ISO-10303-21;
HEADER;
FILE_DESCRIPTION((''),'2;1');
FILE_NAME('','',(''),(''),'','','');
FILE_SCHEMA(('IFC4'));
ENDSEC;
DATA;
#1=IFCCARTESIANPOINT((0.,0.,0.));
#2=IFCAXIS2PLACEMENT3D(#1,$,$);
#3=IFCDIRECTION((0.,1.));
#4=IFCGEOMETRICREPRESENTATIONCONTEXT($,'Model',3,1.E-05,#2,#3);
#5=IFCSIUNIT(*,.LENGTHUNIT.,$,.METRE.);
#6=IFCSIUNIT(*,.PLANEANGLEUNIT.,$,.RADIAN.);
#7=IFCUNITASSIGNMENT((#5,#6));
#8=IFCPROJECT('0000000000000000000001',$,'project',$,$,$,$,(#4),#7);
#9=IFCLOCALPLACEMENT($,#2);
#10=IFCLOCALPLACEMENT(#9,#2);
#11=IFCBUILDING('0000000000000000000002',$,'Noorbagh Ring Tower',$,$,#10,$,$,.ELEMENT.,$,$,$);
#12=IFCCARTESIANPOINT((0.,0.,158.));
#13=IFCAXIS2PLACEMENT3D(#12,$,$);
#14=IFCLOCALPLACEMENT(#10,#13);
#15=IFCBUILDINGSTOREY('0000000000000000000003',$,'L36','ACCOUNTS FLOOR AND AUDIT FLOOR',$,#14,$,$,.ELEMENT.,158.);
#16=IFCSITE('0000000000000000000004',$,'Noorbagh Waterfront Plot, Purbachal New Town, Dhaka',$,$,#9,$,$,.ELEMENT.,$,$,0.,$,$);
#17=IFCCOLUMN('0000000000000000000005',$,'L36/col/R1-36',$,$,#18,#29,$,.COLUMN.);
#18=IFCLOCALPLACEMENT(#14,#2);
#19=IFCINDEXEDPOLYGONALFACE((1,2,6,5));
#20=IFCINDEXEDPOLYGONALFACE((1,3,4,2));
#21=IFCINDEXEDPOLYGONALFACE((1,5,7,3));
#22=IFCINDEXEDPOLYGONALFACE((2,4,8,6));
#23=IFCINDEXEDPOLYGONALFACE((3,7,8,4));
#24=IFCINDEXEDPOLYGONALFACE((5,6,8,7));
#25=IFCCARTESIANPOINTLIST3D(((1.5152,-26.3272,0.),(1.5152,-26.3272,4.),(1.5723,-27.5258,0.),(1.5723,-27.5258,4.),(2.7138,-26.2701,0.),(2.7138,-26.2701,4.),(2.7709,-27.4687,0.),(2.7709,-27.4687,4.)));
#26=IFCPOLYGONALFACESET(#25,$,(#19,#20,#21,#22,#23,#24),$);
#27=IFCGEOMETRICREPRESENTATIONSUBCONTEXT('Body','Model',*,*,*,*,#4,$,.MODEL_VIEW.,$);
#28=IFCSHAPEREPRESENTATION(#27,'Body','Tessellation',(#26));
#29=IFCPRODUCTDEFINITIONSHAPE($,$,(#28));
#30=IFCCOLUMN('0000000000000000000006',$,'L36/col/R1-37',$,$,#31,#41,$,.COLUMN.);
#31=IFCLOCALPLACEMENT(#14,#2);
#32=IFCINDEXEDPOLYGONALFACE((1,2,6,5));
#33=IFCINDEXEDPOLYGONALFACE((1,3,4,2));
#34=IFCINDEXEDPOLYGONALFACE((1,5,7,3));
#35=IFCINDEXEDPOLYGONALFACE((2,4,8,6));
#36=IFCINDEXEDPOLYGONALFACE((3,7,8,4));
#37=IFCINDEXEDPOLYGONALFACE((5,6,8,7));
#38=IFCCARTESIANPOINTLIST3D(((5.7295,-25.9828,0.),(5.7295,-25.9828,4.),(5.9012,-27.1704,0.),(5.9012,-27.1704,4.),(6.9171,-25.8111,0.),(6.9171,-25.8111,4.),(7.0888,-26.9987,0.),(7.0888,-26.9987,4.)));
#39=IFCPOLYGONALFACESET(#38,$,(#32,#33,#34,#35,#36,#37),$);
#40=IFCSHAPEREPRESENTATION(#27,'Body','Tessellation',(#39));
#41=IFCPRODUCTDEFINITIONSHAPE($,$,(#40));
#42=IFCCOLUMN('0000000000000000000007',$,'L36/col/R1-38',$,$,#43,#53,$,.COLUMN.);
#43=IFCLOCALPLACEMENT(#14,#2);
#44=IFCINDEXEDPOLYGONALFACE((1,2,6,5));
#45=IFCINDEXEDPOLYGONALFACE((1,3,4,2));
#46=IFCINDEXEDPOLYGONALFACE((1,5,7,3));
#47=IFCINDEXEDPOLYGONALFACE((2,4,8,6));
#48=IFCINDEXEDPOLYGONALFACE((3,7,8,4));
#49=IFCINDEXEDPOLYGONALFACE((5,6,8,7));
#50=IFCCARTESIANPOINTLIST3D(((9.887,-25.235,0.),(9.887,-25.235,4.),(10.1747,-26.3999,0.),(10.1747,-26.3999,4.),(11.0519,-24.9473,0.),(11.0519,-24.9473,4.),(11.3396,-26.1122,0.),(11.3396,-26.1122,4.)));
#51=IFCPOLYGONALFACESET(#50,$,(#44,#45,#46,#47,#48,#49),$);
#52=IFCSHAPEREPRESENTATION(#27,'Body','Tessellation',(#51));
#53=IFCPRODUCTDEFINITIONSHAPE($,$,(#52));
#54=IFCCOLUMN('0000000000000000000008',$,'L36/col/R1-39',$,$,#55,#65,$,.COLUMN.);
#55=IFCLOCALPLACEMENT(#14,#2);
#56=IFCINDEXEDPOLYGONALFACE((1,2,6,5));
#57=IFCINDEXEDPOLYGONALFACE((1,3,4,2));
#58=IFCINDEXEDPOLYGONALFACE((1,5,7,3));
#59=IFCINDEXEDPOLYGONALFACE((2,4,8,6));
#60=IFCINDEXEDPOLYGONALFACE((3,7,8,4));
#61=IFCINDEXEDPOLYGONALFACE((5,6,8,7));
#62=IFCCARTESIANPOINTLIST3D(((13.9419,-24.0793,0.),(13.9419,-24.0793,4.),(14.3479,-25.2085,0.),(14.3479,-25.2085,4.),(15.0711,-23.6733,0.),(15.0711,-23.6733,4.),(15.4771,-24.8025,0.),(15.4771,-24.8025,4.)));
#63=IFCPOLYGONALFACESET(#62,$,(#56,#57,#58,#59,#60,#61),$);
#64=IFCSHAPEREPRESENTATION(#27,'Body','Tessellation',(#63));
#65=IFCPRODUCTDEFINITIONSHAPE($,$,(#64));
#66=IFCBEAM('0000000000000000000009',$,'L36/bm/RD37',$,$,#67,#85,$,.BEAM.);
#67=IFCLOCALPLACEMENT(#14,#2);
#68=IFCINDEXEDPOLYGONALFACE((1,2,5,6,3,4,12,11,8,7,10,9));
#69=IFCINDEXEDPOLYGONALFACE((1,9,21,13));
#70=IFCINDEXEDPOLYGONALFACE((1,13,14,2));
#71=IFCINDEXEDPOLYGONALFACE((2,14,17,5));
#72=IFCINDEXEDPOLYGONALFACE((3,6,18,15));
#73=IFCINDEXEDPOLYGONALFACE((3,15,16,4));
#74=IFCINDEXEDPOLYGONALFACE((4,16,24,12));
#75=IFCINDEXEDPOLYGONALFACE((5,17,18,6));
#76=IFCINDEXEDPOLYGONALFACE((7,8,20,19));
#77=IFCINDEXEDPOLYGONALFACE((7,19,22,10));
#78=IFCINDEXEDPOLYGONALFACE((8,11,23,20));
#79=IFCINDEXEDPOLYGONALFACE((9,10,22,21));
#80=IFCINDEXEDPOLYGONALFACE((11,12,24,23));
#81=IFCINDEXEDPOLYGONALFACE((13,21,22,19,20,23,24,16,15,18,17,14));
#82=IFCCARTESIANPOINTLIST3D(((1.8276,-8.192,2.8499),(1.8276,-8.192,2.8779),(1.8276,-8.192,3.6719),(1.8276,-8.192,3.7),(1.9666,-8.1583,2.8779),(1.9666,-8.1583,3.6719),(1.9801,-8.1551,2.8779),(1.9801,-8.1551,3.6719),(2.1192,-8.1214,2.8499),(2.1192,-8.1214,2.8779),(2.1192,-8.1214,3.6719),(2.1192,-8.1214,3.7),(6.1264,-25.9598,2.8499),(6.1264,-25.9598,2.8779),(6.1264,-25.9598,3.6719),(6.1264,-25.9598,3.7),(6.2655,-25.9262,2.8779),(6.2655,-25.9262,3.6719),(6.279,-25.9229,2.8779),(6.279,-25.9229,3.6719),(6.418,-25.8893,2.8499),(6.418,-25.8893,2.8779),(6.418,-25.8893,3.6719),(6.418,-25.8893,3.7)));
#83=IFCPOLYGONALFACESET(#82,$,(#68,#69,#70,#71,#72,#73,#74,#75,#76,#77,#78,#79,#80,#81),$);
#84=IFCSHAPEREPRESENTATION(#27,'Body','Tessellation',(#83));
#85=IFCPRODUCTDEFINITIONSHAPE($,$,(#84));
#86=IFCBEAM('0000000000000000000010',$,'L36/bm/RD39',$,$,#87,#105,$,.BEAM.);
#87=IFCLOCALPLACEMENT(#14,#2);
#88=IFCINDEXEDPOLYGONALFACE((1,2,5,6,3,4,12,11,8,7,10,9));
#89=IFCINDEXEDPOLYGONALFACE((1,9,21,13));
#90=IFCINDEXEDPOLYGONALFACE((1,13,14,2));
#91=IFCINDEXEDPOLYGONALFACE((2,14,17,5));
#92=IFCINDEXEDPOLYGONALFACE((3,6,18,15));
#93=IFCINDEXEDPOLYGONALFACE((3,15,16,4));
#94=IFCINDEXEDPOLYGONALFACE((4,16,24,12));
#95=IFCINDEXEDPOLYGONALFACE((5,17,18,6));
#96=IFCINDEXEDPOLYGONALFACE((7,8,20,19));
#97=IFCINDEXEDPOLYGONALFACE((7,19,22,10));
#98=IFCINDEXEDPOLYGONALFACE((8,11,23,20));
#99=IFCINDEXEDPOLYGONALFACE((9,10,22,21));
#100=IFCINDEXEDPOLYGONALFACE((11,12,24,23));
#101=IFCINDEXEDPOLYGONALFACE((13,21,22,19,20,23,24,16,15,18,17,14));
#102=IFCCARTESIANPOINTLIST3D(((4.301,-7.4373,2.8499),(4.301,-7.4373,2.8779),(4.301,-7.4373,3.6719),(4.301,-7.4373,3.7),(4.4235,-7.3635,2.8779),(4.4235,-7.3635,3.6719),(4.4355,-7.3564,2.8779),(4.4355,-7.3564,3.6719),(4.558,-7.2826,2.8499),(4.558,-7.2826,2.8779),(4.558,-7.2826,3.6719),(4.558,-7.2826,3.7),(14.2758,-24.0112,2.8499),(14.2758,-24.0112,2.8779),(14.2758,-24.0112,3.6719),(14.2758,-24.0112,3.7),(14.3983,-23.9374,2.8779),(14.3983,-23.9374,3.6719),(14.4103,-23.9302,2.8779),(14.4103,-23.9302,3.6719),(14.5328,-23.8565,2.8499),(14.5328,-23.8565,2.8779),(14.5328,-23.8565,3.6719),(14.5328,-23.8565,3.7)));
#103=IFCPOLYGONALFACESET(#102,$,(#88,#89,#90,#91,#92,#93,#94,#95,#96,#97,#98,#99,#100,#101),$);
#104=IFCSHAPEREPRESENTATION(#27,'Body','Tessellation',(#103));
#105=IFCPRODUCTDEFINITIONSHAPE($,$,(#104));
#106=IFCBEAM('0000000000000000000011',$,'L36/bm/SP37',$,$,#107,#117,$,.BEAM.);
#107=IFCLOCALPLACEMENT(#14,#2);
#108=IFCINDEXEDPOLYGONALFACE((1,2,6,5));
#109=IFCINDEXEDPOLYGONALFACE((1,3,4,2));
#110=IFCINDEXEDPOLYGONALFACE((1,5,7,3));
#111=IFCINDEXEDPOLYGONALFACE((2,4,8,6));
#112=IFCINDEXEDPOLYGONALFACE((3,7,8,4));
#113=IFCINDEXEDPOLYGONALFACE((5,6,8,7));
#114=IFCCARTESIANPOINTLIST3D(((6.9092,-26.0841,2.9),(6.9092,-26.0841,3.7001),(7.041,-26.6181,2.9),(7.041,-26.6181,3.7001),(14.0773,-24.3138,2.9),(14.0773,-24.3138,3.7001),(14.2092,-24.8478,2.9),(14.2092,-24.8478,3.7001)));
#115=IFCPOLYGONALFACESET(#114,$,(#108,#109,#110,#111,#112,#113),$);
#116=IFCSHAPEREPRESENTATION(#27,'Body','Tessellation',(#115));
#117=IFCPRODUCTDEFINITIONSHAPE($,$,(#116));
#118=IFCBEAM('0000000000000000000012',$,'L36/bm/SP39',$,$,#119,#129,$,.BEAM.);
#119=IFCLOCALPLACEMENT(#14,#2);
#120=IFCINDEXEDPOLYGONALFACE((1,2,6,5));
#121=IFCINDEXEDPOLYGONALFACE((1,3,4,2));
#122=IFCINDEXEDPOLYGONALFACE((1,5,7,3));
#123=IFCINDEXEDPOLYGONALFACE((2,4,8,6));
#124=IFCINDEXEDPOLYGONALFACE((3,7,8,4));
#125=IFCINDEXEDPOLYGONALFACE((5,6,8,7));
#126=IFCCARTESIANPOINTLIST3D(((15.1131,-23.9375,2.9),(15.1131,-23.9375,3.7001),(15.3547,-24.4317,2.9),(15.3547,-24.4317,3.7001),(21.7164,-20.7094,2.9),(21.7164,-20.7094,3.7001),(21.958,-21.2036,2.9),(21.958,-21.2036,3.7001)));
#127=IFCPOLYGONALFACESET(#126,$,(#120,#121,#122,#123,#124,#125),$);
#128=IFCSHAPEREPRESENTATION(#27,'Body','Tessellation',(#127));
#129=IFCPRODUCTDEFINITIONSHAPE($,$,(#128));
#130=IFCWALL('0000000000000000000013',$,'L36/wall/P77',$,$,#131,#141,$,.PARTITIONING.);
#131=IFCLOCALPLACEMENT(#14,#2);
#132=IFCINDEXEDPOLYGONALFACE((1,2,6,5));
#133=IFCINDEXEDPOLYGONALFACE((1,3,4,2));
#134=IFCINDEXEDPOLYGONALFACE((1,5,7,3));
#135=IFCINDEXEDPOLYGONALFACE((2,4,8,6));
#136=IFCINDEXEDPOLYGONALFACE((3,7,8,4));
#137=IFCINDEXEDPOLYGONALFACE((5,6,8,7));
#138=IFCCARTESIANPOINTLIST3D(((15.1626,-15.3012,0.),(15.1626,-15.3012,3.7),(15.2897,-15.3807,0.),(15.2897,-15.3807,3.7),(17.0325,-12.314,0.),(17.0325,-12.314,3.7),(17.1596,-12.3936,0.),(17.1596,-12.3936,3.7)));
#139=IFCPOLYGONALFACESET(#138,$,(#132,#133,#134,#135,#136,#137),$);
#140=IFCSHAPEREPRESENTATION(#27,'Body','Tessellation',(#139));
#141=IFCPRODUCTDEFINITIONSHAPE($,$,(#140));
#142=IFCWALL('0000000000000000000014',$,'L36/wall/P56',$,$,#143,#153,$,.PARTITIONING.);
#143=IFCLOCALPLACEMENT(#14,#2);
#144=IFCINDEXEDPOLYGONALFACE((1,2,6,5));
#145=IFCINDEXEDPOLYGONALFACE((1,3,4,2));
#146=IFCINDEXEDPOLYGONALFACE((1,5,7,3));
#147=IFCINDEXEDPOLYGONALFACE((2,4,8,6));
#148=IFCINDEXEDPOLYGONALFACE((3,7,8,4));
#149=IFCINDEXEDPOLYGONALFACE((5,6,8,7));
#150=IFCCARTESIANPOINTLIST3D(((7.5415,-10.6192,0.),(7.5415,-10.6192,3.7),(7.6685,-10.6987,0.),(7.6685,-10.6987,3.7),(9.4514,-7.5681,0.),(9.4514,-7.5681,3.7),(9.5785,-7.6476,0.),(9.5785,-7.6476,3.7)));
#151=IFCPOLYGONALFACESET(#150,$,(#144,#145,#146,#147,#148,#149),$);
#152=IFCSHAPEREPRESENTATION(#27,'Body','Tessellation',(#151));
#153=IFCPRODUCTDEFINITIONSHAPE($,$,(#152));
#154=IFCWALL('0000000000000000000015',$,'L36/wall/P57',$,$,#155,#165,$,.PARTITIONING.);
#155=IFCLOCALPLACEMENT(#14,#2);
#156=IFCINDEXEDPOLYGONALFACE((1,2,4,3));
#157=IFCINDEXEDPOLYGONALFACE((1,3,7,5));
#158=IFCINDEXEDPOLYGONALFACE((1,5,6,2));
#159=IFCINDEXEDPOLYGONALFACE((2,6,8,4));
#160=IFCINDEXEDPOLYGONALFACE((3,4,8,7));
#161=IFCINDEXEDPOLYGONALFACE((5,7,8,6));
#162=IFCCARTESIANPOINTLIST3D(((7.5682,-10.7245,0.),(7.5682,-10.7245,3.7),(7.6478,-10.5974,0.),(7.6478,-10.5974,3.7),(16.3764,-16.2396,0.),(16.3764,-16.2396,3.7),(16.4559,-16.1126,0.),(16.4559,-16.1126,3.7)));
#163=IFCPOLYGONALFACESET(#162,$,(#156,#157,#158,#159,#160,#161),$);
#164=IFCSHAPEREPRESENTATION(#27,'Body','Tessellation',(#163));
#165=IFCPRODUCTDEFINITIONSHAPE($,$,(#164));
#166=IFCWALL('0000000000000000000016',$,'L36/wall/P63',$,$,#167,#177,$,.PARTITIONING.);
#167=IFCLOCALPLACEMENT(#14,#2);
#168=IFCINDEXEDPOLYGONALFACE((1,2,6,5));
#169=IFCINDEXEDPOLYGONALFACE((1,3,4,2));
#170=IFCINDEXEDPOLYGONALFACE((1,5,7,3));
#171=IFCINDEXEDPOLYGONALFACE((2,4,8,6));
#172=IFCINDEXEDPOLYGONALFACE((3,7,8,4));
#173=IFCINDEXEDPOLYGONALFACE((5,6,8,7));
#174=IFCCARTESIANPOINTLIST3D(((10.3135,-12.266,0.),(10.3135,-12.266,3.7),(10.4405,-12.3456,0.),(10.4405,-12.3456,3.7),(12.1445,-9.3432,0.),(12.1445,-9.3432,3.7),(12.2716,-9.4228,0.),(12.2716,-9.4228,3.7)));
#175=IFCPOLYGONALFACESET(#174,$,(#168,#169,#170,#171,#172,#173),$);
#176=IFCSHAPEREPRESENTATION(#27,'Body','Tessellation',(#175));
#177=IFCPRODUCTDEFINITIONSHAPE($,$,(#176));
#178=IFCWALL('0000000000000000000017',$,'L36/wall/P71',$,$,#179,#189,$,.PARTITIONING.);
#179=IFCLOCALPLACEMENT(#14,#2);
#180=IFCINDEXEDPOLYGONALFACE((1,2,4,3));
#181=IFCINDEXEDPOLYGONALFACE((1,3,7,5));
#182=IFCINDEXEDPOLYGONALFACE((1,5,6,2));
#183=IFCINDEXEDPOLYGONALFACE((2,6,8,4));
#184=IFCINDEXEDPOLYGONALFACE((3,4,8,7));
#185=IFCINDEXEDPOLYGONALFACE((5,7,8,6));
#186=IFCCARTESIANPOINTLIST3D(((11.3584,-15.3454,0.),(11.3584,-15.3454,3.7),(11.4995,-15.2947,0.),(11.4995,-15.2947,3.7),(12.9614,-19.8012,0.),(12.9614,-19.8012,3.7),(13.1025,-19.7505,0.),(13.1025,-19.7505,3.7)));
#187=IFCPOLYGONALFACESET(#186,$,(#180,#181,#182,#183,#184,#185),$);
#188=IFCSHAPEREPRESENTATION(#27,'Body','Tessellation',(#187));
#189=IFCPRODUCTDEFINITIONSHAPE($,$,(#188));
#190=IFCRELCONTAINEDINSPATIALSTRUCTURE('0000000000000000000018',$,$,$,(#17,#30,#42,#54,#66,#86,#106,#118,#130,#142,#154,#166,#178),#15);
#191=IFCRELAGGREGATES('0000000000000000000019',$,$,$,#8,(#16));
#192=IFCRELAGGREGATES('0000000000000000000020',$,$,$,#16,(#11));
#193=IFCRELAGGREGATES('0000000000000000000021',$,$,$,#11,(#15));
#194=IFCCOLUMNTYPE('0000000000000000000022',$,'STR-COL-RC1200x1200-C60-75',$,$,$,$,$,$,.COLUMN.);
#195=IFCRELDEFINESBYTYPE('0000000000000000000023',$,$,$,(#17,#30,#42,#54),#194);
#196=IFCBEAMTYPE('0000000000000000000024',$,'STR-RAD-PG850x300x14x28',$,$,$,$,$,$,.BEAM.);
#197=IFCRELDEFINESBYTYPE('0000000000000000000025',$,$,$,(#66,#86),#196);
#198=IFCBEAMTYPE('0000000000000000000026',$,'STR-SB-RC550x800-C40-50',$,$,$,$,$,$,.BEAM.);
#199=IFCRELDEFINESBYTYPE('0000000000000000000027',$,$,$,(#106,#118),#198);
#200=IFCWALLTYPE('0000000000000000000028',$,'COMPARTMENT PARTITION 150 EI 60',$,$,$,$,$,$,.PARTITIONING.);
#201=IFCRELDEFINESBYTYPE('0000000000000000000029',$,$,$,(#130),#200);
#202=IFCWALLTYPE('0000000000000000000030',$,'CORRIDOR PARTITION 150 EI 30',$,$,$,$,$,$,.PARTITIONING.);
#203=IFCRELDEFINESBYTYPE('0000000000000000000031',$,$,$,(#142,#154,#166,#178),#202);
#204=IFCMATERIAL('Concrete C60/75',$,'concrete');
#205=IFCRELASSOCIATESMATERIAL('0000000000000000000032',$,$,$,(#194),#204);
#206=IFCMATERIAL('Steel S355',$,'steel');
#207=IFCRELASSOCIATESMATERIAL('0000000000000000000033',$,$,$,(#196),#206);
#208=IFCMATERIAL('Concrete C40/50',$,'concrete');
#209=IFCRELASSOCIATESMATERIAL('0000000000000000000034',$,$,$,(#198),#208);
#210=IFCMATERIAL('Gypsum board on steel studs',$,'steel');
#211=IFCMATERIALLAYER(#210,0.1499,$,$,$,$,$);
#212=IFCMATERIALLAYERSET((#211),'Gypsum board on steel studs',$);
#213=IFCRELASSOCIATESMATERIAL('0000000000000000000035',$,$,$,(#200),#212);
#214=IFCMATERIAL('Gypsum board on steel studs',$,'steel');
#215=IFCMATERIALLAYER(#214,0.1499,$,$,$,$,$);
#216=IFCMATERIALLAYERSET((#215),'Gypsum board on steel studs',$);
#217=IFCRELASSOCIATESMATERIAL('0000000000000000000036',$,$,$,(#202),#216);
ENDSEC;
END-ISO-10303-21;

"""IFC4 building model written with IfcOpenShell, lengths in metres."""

from ifc_helpers import new_model, si_unit, direction, frame, frame_2d, origin, origin_2d, place, context, subcontext, project, spatial, rectangle, i_section, extrude, material, layer, layer_set, material_profile, profile_set, type_object, element, save


model = new_model("IFC4")

# Units and contexts
model_context = context("Model", 3, precision=1e-05, world=origin(), true_north=direction((0.0, 1.0)))
body_context = subcontext(model_context, "Body", "Model", "MODEL_VIEW")
ifc_project = project(units=[si_unit("LENGTHUNIT", "METRE"), si_unit("PLANEANGLEUNIT", "RADIAN")], contexts=[model_context])

# Site, building, storey
site_placement = place(None, origin())
site = spatial("IfcSite", under=ifc_project, at=site_placement, Name="Noorbagh Waterfront Plot, Purbachal New Town, Dhaka", CompositionType="ELEMENT", RefElevation=0.0)
building_placement = place(site_placement, origin())
building = spatial("IfcBuilding", under=site, at=building_placement, Name="Noorbagh Ring Tower", CompositionType="ELEMENT")
storey_placement = place(building_placement, frame((0.0, 0.0, 158.0)))
storey = spatial("IfcBuildingStorey", under=building, at=storey_placement, Name="L36", Description="ACCOUNTS FLOOR AND AUDIT FLOOR", CompositionType="ELEMENT", Elevation=158.0)

# Columns
ifc_material_1 = material(Name="Concrete C60/75", Category="concrete")
ifc_material_profile_1 = material_profile(ifc_material_1, rectangle(XDim=1.2, YDim=1.2, at=origin_2d()), Name="RC1200x1200")
ifc_profile_set_1 = profile_set([ifc_material_profile_1], Name="Concrete C60/75")
column_type = type_object("IfcColumnType", Name="STR-COL-RC1200x1200-C60-75", PredefinedType="COLUMN", material=ifc_profile_set_1)
for number, where, z_axis, x_axis, name in (
    (1, (2.1431, -26.8979, 0.0), (0.0, 0.0, 1.0), (0.998869, 0.047553, 0.0), "L36/col/R1-36"),
    (2, (6.4092, -26.4907, 0.0), (0.0, 0.0, 1.0), (0.989713, 0.143066, 0.0), "L36/col/R1-37"),
    (3, (10.6133, -25.6736, 0.0), (0.0, 0.0, 1.0), (0.970829, 0.239771, 0.0), "L36/col/R1-38"),
    (4, (14.7095, -24.4409, 0.0), (0.0, 0.0, 1.0), (0.941025, 0.338338, 0.0), "L36/col/R1-39"),
):
    element("IfcColumn", number, at=place(storey_placement, frame(where, z_axis=z_axis, x_axis=x_axis)), inside=storey, type_object=column_type, Name=name, PredefinedType="COLUMN", context=body_context, shape_type="SweptSolid", body=[
        extrude(rectangle(XDim=1.2, YDim=1.2, at=origin_2d()), origin(), (0.0, 0.0, 1.0), 4.0),
    ])

# Beams
ifc_material_2 = material(Name="Steel S355", Category="steel")
ifc_material_profile_2 = material_profile(ifc_material_2, i_section(OverallWidth=0.3, OverallDepth=0.8501, WebThickness=0.0139, FlangeThickness=0.0281, at=origin_2d()), Name="PG850x300x14x28")
ifc_profile_set_2 = profile_set([ifc_material_profile_2], Name="Steel S355")
beam_type_1 = type_object("IfcBeamType", Name="STR-RAD-PG850x300x14x28", PredefinedType="BEAM", material=ifc_profile_set_2)
beam_1_placement = place(storey_placement, frame((6.2722, -25.9246, 3.2749), z_axis=(-0.23516, 0.971957, 0.0), x_axis=(-0.971957, -0.23516, 0.0)))
element("IfcBeam", 5, at=beam_1_placement, inside=storey, type_object=beam_type_1, Name="L36/bm/RD37", PredefinedType="BEAM", context=body_context, shape_type="SweptSolid", body=[
    extrude(i_section(OverallWidth=0.3, OverallDepth=0.8501, WebThickness=0.0139, FlangeThickness=0.0281, at=origin_2d()), origin(), (0.0, 0.0, 1.0), 18.2805),
])
beam_2_placement = place(storey_placement, frame((14.4043, -23.9338, 3.2749), z_axis=(-0.515653, 0.856797, 0.0), x_axis=(-0.856797, -0.515653, 0.0)))
element("IfcBeam", 6, at=beam_2_placement, inside=storey, type_object=beam_type_1, Name="L36/bm/RD39", PredefinedType="BEAM", context=body_context, shape_type="SweptSolid", body=[
    extrude(i_section(OverallWidth=0.3, OverallDepth=0.8501, WebThickness=0.0139, FlangeThickness=0.0281, at=origin_2d()), origin(), (0.0, 0.0, 1.0), 19.344),
])
ifc_material_3 = material(Name="Concrete C40/50", Category="concrete")
ifc_material_profile_3 = material_profile(ifc_material_3, rectangle(XDim=0.55, YDim=0.8, at=origin_2d()), Name="RC550x800")
ifc_profile_set_3 = profile_set([ifc_material_profile_3], Name="Concrete C40/50")
beam_type_2 = type_object("IfcBeamType", Name="STR-SB-RC550x800-C40-50", PredefinedType="BEAM", material=ifc_profile_set_3)
beam_3_placement = place(storey_placement, frame((6.9751, -26.3511, 3.3), z_axis=(0.970833, 0.239757, 0.0), x_axis=(-0.239757, 0.970833, 0.0)))
element("IfcBeam", 7, at=beam_3_placement, inside=storey, type_object=beam_type_2, Name="L36/bm/SP37", PredefinedType="BEAM", context=body_context, shape_type="SweptSolid", body=[
    extrude(rectangle(XDim=0.55, YDim=0.8, at=origin_2d()), origin(), (0.0, 0.0, 1.0), 7.3835),
])
beam_4_placement = place(storey_placement, frame((15.2339, -24.1846, 3.3), z_axis=(0.898397, 0.439184, 0.0), x_axis=(-0.439184, 0.898397, 0.0)))
element("IfcBeam", 8, at=beam_4_placement, inside=storey, type_object=beam_type_2, Name="L36/bm/SP39", PredefinedType="BEAM", context=body_context, shape_type="SweptSolid", body=[
    extrude(rectangle(XDim=0.55, YDim=0.8, at=origin_2d()), origin(), (0.0, 0.0, 1.0), 7.3501),
])

# Walls
ifc_material_4 = material(Name="Gypsum board on steel studs", Category="steel")
ifc_layer_1 = layer(ifc_material_4, 0.1499)
ifc_layer_set_1 = layer_set([ifc_layer_1], Name="Gypsum board on steel studs")
wall_type_1 = type_object("IfcWallType", Name="COMPARTMENT PARTITION 150 EI 60", PredefinedType="PARTITIONING", material=ifc_layer_set_1)
wall_1_placement = place(storey_placement, frame((15.2261, -15.3411, 0.0), z_axis=(0.0, 0.0, 1.0), x_axis=(0.530603, 0.847621, 0.0)))
element("IfcWall", 9, at=wall_1_placement, inside=storey, type_object=wall_type_1, Name="L36/wall/P77", PredefinedType="PARTITIONING", context=body_context, shape_type="SweptSolid", body=[
    extrude(rectangle(XDim=3.5242, YDim=0.1499, at=frame_2d((1.7622, 0.0))), origin(), (0.0, 0.0, 1.0), 3.7),
])
ifc_material_5 = material(Name="Gypsum board on steel studs", Category="steel")
ifc_layer_2 = layer(ifc_material_5, 0.1499)
ifc_layer_set_2 = layer_set([ifc_layer_2], Name="Gypsum board on steel studs")
wall_type_2 = type_object("IfcWallType", Name="CORRIDOR PARTITION 150 EI 30", PredefinedType="PARTITIONING", material=ifc_layer_set_2)
wall_2_placement = place(storey_placement, frame((7.605, -10.6589, 0.0), z_axis=(0.0, 0.0, 1.0), x_axis=(0.530602, 0.847621, 0.0)))
element("IfcWall", 10, at=wall_2_placement, inside=storey, type_object=wall_type_2, Name="L36/wall/P56", PredefinedType="PARTITIONING", context=body_context, shape_type="SweptSolid", body=[
    extrude(rectangle(XDim=3.5996, YDim=0.1499, at=frame_2d((1.7998, 0.0))), origin(), (0.0, 0.0, 1.0), 3.7),
])
wall_3_placement = place(storey_placement, frame((7.6079, -10.6609, 0.0), z_axis=(0.0, 0.0, 1.0), x_axis=(0.847562, -0.530696, 0.0)))
element("IfcWall", 11, at=wall_3_placement, inside=storey, type_object=wall_type_2, Name="L36/wall/P57", PredefinedType="PARTITIONING", context=body_context, shape_type="SweptSolid", body=[
    extrude(rectangle(XDim=10.3923, YDim=0.1499, at=frame_2d((5.1963, 0.0))), origin(), (0.0, 0.0, 1.0), 3.7),
])
wall_4_placement = place(storey_placement, frame((10.377, -12.3059, 0.0), z_axis=(0.0, 0.0, 1.0), x_axis=(0.530889, 0.847441, 0.0)))
element("IfcWall", 12, at=wall_4_placement, inside=storey, type_object=wall_type_2, Name="L36/wall/P63", PredefinedType="PARTITIONING", context=body_context, shape_type="SweptSolid", body=[
    extrude(rectangle(XDim=3.449, YDim=0.1499, at=frame_2d((1.7246, 0.0))), origin(), (0.0, 0.0, 1.0), 3.7),
])
wall_5_placement = place(storey_placement, frame((11.429, -15.3201, 0.0), z_axis=(0.0, 0.0, 1.0), x_axis=(0.33852, -0.940959, 0.0)))
element("IfcWall", 13, at=wall_5_placement, inside=storey, type_object=wall_type_2, Name="L36/wall/P71", PredefinedType="PARTITIONING", context=body_context, shape_type="SweptSolid", body=[
    extrude(rectangle(XDim=4.7354, YDim=0.1499, at=frame_2d((2.3677, 0.0))), origin(), (0.0, 0.0, 1.0), 3.7),
])

save(model, "model.ifc")
